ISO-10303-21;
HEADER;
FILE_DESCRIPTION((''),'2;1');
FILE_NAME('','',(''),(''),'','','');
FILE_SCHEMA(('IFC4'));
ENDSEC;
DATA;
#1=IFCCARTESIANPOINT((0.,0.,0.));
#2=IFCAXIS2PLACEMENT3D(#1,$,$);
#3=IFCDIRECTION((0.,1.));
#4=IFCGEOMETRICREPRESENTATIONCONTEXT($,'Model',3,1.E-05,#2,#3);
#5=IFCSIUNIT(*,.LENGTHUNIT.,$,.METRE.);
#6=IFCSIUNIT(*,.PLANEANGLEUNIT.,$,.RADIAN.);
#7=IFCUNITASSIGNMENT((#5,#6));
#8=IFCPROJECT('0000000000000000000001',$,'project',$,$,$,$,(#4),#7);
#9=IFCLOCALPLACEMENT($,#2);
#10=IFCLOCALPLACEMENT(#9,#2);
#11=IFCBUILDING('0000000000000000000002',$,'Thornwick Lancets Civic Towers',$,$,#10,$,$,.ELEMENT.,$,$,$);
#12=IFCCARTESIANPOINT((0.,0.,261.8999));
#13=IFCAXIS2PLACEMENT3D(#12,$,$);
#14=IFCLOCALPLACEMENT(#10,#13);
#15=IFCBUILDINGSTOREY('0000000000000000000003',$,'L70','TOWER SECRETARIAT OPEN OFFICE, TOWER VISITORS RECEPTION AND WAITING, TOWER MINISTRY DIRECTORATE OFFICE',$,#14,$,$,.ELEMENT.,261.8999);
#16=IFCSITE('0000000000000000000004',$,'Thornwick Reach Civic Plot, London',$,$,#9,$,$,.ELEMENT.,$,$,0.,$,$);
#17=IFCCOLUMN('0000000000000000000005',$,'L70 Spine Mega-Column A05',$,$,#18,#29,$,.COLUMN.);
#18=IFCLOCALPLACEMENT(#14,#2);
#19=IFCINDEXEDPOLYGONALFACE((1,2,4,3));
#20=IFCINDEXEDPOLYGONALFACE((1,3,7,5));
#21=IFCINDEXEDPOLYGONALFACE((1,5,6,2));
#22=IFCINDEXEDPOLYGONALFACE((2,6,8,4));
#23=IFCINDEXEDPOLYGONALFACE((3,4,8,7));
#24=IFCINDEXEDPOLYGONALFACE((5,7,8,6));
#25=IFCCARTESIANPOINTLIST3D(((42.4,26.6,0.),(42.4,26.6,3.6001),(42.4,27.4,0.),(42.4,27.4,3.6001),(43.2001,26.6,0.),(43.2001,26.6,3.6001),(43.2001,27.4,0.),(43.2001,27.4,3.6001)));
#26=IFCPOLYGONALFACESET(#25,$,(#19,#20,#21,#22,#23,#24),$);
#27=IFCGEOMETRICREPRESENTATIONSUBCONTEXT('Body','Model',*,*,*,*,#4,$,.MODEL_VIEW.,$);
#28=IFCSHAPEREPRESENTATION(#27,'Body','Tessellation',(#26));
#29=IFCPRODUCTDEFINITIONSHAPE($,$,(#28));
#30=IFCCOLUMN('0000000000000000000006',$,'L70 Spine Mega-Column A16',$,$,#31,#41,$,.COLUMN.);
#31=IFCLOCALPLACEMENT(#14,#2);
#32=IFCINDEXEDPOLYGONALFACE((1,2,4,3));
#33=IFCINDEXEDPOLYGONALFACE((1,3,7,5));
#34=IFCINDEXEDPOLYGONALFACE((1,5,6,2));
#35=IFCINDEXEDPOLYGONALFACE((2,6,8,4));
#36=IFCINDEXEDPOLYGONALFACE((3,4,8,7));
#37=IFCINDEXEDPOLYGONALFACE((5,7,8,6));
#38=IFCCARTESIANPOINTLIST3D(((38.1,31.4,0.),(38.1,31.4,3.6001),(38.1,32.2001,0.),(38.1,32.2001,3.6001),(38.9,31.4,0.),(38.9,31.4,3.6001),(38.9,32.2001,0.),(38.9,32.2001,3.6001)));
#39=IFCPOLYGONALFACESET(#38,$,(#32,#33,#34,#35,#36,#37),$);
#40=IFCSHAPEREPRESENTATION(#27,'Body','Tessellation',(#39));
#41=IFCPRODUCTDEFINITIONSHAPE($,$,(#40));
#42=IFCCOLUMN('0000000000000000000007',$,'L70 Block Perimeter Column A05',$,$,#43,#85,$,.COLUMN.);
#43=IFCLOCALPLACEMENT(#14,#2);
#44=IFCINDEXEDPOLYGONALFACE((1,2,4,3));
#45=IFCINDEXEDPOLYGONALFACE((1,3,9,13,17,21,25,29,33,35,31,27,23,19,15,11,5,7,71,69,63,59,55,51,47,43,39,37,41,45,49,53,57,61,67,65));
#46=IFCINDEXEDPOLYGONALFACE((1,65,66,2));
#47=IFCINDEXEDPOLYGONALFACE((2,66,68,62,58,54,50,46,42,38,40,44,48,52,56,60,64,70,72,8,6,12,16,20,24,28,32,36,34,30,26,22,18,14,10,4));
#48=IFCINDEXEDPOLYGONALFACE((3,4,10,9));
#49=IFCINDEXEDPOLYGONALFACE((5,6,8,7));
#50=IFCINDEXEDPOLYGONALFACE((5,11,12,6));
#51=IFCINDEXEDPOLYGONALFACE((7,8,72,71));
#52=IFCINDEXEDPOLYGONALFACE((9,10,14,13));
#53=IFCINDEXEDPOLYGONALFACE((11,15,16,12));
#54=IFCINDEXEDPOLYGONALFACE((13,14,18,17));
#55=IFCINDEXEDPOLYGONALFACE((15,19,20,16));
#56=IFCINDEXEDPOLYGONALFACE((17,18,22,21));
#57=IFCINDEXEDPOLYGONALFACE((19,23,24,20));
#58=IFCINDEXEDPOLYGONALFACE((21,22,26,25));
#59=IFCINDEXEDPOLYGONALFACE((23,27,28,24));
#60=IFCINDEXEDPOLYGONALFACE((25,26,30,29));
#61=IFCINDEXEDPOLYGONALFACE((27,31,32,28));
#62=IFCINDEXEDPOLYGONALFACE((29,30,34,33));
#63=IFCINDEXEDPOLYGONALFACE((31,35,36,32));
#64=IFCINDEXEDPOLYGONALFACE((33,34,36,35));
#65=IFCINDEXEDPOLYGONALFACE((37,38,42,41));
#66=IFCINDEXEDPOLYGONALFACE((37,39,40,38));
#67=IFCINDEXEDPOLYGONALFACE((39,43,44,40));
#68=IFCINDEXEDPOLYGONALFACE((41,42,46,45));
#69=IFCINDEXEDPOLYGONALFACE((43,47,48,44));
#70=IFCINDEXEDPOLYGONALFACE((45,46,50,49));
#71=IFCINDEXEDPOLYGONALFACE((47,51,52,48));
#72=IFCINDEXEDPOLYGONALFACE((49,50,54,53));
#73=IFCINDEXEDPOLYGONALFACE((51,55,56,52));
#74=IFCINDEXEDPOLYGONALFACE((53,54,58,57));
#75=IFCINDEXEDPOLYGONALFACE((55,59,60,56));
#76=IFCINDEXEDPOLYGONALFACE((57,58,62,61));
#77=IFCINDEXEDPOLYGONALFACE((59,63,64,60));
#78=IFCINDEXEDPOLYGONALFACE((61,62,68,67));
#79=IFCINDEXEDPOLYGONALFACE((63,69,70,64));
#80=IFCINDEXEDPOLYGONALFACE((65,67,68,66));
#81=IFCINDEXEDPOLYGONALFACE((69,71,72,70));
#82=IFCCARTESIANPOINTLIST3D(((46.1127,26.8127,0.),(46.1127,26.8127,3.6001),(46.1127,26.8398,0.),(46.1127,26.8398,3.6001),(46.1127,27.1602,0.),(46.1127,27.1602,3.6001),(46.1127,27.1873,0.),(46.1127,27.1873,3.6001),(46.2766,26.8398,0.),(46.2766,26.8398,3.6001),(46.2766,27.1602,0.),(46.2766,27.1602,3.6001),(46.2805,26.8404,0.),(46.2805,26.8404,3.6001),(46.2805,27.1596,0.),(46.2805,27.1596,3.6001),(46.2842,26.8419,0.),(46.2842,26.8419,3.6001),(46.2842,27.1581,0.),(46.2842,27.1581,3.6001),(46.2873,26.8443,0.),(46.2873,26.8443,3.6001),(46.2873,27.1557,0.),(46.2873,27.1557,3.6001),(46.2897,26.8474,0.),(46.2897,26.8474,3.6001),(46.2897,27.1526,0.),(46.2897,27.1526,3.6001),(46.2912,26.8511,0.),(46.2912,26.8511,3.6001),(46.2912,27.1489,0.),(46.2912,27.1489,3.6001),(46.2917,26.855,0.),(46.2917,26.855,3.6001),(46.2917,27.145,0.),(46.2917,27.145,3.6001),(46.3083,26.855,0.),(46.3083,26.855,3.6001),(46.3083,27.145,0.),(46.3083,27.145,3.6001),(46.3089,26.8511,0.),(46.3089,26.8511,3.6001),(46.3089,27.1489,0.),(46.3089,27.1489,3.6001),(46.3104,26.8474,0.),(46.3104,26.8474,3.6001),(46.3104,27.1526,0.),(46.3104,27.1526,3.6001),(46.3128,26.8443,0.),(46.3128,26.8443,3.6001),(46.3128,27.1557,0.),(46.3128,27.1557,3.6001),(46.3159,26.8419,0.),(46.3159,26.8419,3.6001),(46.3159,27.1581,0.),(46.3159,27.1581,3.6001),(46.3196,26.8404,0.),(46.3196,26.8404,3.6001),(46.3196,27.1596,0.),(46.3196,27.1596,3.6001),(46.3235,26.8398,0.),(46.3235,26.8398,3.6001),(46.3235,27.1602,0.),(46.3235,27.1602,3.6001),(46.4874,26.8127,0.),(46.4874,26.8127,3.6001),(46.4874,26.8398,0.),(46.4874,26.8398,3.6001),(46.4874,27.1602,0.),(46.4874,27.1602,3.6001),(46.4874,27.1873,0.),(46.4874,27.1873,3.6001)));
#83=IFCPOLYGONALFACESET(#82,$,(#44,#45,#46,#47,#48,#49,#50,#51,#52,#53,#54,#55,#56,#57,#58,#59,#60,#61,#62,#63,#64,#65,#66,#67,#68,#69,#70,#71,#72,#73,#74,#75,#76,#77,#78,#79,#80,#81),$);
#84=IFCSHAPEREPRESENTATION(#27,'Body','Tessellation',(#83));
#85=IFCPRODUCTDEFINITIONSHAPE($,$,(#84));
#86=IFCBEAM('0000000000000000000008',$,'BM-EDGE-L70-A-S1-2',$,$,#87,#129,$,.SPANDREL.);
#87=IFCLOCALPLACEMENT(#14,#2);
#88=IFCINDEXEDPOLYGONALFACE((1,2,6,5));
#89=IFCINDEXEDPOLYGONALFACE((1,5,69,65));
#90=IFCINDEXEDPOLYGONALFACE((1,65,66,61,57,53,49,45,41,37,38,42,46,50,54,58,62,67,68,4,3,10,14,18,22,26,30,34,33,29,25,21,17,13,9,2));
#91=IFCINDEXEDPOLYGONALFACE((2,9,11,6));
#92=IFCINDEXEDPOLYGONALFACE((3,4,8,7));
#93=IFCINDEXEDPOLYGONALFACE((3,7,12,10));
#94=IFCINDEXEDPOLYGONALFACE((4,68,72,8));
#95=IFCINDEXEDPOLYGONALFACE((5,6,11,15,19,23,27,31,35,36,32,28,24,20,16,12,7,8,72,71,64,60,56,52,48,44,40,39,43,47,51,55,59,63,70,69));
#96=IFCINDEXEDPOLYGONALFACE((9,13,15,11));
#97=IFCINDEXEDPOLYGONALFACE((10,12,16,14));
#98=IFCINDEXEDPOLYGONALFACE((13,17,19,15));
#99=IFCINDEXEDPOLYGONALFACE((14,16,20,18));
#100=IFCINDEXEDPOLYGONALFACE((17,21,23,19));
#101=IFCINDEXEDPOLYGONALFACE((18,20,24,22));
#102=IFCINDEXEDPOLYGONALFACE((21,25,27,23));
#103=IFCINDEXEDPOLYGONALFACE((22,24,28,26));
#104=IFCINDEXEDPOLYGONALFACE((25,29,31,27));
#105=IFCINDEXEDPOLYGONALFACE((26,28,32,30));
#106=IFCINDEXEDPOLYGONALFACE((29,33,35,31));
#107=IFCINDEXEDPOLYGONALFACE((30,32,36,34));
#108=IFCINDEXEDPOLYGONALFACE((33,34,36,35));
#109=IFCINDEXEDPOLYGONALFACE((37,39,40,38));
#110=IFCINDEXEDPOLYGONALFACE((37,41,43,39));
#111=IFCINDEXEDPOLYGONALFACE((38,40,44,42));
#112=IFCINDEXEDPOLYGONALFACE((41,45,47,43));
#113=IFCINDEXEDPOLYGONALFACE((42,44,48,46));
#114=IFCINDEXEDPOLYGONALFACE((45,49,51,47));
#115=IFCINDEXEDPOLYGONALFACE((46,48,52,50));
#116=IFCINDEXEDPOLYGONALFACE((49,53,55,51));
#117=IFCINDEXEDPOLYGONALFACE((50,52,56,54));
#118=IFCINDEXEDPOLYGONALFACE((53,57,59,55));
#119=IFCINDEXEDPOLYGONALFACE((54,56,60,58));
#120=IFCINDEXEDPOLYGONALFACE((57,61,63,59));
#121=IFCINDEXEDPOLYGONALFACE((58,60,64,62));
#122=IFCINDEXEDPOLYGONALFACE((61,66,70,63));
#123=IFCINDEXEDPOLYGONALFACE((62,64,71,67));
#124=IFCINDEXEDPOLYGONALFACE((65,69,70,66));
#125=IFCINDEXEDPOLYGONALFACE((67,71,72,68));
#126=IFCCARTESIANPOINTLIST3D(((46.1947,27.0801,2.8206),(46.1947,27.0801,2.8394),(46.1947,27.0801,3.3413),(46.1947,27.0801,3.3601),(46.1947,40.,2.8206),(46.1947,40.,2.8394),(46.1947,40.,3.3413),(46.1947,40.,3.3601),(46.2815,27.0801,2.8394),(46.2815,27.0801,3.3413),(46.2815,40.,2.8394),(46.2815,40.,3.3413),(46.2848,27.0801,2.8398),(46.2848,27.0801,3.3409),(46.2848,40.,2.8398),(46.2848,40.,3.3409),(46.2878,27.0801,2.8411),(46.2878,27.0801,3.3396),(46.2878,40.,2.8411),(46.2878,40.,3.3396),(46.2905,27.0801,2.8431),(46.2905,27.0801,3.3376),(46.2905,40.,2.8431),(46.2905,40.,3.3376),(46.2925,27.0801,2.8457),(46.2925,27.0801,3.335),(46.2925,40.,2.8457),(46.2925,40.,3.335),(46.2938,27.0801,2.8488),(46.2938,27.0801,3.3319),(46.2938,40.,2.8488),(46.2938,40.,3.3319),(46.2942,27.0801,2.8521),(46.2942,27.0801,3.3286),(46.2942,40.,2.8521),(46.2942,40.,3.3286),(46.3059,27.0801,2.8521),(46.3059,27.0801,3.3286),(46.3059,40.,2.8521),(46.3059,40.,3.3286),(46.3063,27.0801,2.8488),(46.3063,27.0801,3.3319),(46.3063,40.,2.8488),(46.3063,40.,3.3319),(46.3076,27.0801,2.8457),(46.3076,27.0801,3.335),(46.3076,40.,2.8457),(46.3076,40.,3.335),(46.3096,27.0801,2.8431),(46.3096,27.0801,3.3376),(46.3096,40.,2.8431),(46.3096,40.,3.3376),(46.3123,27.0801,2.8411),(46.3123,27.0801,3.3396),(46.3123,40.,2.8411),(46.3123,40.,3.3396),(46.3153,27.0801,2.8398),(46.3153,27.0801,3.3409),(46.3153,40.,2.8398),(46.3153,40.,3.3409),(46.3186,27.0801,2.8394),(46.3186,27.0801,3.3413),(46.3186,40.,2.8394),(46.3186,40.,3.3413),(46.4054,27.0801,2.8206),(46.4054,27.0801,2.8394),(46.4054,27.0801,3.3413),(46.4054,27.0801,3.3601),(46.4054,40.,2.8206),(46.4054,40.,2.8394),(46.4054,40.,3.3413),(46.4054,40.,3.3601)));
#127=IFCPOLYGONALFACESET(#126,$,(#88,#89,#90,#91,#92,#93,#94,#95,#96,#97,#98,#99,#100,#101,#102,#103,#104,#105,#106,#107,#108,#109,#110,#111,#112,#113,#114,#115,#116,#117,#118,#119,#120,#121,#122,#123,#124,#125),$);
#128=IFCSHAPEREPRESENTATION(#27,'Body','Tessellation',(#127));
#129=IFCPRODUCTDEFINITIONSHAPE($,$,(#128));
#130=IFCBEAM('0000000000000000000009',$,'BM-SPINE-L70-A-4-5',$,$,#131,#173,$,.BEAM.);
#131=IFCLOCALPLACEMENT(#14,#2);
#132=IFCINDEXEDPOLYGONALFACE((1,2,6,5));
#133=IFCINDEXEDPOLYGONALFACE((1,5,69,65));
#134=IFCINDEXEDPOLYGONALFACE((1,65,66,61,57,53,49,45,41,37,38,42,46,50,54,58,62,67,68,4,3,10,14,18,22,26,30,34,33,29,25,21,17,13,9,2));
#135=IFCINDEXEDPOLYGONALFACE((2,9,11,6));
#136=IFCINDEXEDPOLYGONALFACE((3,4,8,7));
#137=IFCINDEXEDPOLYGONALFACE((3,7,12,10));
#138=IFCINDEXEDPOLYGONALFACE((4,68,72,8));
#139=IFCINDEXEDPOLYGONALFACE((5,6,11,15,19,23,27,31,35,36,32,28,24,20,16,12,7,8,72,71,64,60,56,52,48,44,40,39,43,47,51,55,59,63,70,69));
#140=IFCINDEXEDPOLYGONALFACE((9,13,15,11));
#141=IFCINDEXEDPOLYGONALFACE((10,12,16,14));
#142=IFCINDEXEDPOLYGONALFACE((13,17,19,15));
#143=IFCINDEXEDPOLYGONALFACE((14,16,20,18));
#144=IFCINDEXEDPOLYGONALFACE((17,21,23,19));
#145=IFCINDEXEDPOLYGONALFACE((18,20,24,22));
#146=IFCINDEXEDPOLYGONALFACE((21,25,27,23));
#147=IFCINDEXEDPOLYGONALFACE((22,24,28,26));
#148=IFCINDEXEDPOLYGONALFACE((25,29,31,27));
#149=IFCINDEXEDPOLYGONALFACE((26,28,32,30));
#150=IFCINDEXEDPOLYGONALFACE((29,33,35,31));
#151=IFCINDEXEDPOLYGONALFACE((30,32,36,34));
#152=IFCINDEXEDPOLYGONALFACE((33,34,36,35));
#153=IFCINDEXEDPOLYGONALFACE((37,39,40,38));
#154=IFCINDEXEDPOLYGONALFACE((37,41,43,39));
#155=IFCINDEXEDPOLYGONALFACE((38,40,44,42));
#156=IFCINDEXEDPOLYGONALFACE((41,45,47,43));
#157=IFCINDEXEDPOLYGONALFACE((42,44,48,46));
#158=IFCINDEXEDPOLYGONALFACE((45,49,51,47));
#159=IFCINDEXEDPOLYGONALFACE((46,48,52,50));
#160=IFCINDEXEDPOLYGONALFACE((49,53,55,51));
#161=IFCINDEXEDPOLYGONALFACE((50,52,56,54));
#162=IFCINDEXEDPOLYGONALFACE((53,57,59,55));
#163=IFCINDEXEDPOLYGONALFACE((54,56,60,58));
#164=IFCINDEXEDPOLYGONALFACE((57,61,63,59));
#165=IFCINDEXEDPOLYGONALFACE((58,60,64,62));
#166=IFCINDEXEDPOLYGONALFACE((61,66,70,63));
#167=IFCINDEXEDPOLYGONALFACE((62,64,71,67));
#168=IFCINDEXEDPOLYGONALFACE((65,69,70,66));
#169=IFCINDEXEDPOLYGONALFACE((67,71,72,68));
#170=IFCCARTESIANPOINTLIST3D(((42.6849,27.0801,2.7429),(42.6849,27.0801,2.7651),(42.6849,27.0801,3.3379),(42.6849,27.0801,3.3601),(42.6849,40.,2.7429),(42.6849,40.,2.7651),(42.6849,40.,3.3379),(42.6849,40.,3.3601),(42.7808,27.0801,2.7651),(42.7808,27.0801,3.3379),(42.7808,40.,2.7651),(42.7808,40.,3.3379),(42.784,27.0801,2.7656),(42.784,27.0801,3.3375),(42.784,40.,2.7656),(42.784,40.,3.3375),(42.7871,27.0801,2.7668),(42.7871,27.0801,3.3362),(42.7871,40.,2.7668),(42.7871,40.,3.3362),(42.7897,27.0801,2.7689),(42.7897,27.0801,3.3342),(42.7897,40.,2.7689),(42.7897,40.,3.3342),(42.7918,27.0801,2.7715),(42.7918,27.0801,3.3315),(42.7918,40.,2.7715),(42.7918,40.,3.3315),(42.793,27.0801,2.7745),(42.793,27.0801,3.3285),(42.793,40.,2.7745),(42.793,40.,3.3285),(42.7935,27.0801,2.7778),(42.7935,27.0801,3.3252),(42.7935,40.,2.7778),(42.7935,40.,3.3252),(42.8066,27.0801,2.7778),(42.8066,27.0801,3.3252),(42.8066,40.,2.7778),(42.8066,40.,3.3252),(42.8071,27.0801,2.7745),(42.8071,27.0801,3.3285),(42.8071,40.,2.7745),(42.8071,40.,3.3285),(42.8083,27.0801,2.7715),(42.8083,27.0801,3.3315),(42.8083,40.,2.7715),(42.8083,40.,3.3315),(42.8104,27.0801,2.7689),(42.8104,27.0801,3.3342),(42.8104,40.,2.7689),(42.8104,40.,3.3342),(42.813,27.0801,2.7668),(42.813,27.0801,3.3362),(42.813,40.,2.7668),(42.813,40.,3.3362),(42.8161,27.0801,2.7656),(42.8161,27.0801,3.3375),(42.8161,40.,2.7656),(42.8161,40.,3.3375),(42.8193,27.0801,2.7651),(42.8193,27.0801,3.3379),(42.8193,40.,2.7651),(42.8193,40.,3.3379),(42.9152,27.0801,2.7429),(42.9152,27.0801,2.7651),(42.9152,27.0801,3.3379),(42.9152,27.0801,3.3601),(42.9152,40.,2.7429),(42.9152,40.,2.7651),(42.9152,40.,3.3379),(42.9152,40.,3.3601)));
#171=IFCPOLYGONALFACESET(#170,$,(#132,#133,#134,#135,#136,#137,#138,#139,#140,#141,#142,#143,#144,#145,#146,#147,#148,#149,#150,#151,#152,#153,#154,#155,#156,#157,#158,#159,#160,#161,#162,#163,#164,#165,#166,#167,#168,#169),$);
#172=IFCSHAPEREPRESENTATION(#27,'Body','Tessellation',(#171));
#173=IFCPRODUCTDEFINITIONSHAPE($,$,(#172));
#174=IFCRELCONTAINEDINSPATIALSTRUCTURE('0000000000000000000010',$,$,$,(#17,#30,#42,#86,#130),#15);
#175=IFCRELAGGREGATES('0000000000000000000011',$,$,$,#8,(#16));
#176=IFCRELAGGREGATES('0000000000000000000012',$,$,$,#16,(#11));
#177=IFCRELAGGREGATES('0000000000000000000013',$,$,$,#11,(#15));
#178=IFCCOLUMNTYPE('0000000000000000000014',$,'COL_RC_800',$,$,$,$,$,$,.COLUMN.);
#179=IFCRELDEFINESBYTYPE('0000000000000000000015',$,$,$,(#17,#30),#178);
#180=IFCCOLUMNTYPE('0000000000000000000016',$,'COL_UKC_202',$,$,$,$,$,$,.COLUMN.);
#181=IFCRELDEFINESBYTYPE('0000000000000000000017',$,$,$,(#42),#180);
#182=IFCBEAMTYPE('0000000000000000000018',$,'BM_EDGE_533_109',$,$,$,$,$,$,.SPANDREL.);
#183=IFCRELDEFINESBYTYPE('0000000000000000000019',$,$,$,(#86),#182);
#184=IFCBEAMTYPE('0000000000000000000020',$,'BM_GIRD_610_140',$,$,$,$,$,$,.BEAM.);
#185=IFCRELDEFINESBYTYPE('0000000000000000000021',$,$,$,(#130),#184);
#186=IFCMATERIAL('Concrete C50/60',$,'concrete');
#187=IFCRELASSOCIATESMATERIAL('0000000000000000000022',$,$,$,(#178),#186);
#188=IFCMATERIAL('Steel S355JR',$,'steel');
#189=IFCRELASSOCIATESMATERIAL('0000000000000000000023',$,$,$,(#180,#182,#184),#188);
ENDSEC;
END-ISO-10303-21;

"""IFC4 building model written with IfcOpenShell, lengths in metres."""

from ifc_helpers import new_model, si_unit, direction, frame, origin, origin_2d, place, context, subcontext, project, spatial, rectangle, i_section, extrude, material, material_profile, profile_set, type_object, element, save


model = new_model("IFC4")

# Units and contexts
model_context = context("Model", 3, precision=1e-05, world=origin(), true_north=direction((0.0, 1.0)))
body_context = subcontext(model_context, "Body", "Model", "MODEL_VIEW")
ifc_project = project(units=[si_unit("LENGTHUNIT", "METRE"), si_unit("PLANEANGLEUNIT", "RADIAN")], contexts=[model_context])

# Site, building, storey
site_placement = place(None, origin())
site = spatial("IfcSite", under=ifc_project, at=site_placement, Name="Thornwick Reach Civic Plot, London", CompositionType="ELEMENT", RefElevation=0.0)
building_placement = place(site_placement, origin())
building = spatial("IfcBuilding", under=site, at=building_placement, Name="Thornwick Lancets Civic Towers", CompositionType="ELEMENT")
storey_placement = place(building_placement, frame((0.0, 0.0, 261.8999)))
storey = spatial("IfcBuildingStorey", under=building, at=storey_placement, Name="L70", Description="TOWER SECRETARIAT OPEN OFFICE, TOWER VISITORS RECEPTION AND WAITING, TOWER MINISTRY DIRECTORATE OFFICE", CompositionType="ELEMENT", Elevation=261.8999)

# Columns
ifc_material_1 = material(Name="Concrete C50/60", Category="concrete")
ifc_material_profile_1 = material_profile(ifc_material_1, rectangle(XDim=0.8, YDim=0.8, at=origin_2d()), Name="RC 800x800")
ifc_profile_set_1 = profile_set([ifc_material_profile_1], Name="Concrete C50/60")
column_type_1 = type_object("IfcColumnType", Name="COL_RC_800", PredefinedType="COLUMN", material=ifc_profile_set_1)
for number, where, z_axis, x_axis, name in (
    (1, (42.8, 27.0, 0.0), (0.0, 0.0, 1.0), (1.0, 0.0, 0.0), "L70 Spine Mega-Column A05"),
    (2, (38.5, 31.8, 0.0), (0.0, 0.0, 1.0), (1.0, 0.0, 0.0), "L70 Spine Mega-Column A16"),
):
    element("IfcColumn", number, at=place(storey_placement, frame(where, z_axis=z_axis, x_axis=x_axis)), inside=storey, type_object=column_type_1, Name=name, PredefinedType="COLUMN", context=body_context, shape_type="SweptSolid", body=[
        extrude(rectangle(XDim=0.8, YDim=0.8, at=origin_2d()), origin(), (0.0, 0.0, 1.0), 3.6001),
    ])
ifc_material_2 = material(Name="Steel S355JR", Category="steel")
ifc_material_profile_2 = material_profile(ifc_material_2, i_section(OverallWidth=0.3748, OverallDepth=0.3745, WebThickness=0.0166, FlangeThickness=0.0271, FilletRadius=0.0151, at=origin_2d()), Name="UKC 356x368x202")
ifc_profile_set_2 = profile_set([ifc_material_profile_2], Name="Steel S355JR")
column_type_2 = type_object("IfcColumnType", Name="COL_UKC_202", PredefinedType="COLUMN", material=ifc_profile_set_2)
column_placement = place(storey_placement, frame((46.3, 27.0, 0.0), z_axis=(0.0, 0.0, 1.0), x_axis=(1.0, 0.0, 0.0)))
element("IfcColumn", 3, at=column_placement, inside=storey, type_object=column_type_2, Name="L70 Block Perimeter Column A05", PredefinedType="COLUMN", context=body_context, shape_type="SweptSolid", body=[
    extrude(i_section(OverallWidth=0.3748, OverallDepth=0.3745, WebThickness=0.0166, FlangeThickness=0.0271, FilletRadius=0.0151, at=origin_2d()), origin(), (0.0, 0.0, 1.0), 3.6001),
])

# Beams
ifc_material_profile_3 = material_profile(ifc_material_2, i_section(OverallWidth=0.2107, OverallDepth=0.5396, WebThickness=0.0117, FlangeThickness=0.0188, FilletRadius=0.0127, at=origin_2d()), Name="UKB 533x210x109")
ifc_profile_set_3 = profile_set([ifc_material_profile_3], Name="Steel S355JR")
beam_type_1 = type_object("IfcBeamType", Name="BM_EDGE_533_109", PredefinedType="SPANDREL", material=ifc_profile_set_3)
beam_1_placement = place(storey_placement, frame((46.3, 27.0801, 3.0903), z_axis=(0.0, 1.0, 0.0), x_axis=(-1.0, 0.0, 0.0)))
element("IfcBeam", 4, at=beam_1_placement, inside=storey, type_object=beam_type_1, Name="BM-EDGE-L70-A-S1-2", PredefinedType="SPANDREL", context=body_context, shape_type="SweptSolid", body=[
    extrude(i_section(OverallWidth=0.2107, OverallDepth=0.5396, WebThickness=0.0117, FlangeThickness=0.0188, FilletRadius=0.0127, at=origin_2d()), origin(), (0.0, 0.0, 1.0), 12.9199),
])
ifc_material_profile_4 = material_profile(ifc_material_2, i_section(OverallWidth=0.2302, OverallDepth=0.6172, WebThickness=0.0132, FlangeThickness=0.0222, FilletRadius=0.0127, at=origin_2d()), Name="UKB 610x229x140")
ifc_profile_set_4 = profile_set([ifc_material_profile_4], Name="Steel S355JR")
beam_type_2 = type_object("IfcBeamType", Name="BM_GIRD_610_140", PredefinedType="BEAM", material=ifc_profile_set_4)
beam_2_placement = place(storey_placement, frame((42.8, 27.0801, 3.0515), z_axis=(0.0, 1.0, 0.0), x_axis=(-1.0, 0.0, 0.0)))
element("IfcBeam", 5, at=beam_2_placement, inside=storey, type_object=beam_type_2, Name="BM-SPINE-L70-A-4-5", PredefinedType="BEAM", context=body_context, shape_type="SweptSolid", body=[
    extrude(i_section(OverallWidth=0.2302, OverallDepth=0.6172, WebThickness=0.0132, FlangeThickness=0.0222, FilletRadius=0.0127, at=origin_2d()), origin(), (0.0, 0.0, 1.0), 12.9199),
])

save(model, "model.ifc")
